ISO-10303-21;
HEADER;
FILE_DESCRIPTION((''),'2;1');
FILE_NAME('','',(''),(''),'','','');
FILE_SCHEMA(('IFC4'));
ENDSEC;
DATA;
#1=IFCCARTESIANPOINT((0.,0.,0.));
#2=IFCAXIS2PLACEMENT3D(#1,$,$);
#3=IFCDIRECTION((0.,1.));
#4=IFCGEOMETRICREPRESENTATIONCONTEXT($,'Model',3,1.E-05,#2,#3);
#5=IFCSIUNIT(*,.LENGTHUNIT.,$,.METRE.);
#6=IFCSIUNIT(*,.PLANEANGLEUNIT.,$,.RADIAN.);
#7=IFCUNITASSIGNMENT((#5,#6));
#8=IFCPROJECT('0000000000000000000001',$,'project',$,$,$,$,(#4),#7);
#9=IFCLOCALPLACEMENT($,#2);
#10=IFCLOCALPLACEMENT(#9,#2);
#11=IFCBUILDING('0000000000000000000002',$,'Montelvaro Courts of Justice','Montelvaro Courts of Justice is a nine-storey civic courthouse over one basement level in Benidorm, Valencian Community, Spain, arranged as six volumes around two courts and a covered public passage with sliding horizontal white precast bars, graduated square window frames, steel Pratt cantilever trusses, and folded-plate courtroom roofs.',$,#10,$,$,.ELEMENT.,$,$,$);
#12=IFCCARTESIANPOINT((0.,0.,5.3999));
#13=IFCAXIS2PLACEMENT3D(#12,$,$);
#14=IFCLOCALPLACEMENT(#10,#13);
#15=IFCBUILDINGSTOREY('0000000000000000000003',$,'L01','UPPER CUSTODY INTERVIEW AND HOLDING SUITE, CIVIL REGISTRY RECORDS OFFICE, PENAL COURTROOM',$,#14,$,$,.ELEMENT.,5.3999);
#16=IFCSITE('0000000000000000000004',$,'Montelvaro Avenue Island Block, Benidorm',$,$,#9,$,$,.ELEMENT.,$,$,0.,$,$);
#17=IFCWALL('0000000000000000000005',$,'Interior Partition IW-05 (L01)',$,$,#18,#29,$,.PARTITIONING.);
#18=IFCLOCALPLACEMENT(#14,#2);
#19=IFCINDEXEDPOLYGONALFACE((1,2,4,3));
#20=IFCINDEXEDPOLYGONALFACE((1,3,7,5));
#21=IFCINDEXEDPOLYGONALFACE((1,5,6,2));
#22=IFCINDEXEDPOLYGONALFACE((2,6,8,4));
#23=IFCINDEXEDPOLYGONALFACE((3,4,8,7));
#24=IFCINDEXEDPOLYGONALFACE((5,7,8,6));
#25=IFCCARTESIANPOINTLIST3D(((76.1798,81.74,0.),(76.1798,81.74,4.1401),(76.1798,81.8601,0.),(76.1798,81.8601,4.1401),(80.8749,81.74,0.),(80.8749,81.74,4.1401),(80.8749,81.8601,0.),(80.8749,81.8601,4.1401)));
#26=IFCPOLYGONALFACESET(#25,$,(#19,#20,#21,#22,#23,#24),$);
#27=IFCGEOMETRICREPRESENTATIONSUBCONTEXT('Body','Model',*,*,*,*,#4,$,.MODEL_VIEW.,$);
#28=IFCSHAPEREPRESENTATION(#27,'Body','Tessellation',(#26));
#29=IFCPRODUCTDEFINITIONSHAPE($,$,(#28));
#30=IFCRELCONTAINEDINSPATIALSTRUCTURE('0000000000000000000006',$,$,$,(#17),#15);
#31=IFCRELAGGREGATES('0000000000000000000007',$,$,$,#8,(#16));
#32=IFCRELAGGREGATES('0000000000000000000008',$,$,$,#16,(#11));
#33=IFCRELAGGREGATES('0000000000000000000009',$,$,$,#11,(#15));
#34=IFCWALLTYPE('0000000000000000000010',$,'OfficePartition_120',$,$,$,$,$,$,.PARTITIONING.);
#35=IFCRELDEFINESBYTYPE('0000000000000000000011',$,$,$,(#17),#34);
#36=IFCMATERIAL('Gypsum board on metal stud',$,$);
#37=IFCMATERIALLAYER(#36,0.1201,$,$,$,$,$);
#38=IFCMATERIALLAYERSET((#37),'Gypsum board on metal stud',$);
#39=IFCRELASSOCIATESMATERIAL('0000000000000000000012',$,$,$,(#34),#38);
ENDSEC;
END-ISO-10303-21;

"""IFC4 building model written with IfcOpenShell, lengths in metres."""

from ifc_helpers import new_model, si_unit, direction, frame, frame_2d, origin, place, context, subcontext, project, spatial, rectangle, extrude, material, layer, layer_set, type_object, element, save


model = new_model("IFC4")

# Units and contexts
model_context = context("Model", 3, precision=1e-05, world=origin(), true_north=direction((0.0, 1.0)))
body_context = subcontext(model_context, "Body", "Model", "MODEL_VIEW")
ifc_project = project(units=[si_unit("LENGTHUNIT", "METRE"), si_unit("PLANEANGLEUNIT", "RADIAN")], contexts=[model_context])

# Site, building, storey
site_placement = place(None, origin())
site = spatial("IfcSite", under=ifc_project, at=site_placement, Name="Montelvaro Avenue Island Block, Benidorm", CompositionType="ELEMENT", RefElevation=0.0)
building_placement = place(site_placement, origin())
building = spatial("IfcBuilding", under=site, at=building_placement, Name="Montelvaro Courts of Justice", Description="Montelvaro Courts of Justice is a nine-storey civic courthouse over one basement level in Benidorm, Valencian Community, Spain, arranged as six volumes around two courts and a covered public passage with sliding horizontal white precast bars, graduated square window frames, steel Pratt cantilever trusses, and folded-plate courtroom roofs.", CompositionType="ELEMENT")
storey_placement = place(building_placement, frame((0.0, 0.0, 5.3999)))
storey = spatial("IfcBuildingStorey", under=building, at=storey_placement, Name="L01", Description="UPPER CUSTODY INTERVIEW AND HOLDING SUITE, CIVIL REGISTRY RECORDS OFFICE, PENAL COURTROOM", CompositionType="ELEMENT", Elevation=5.3999)

# Shared definitions
ifc_material_1 = material(Name="Gypsum board on metal stud")
ifc_layer_1 = layer(ifc_material_1, 0.1201)
ifc_layer_set_1 = layer_set([ifc_layer_1], Name="Gypsum board on metal stud")
wall_type = type_object("IfcWallType", Name="OfficePartition_120", PredefinedType="PARTITIONING", material=ifc_layer_set_1)

# Wall
wall_1_placement = place(storey_placement, frame((80.875, 81.8, 0.0), z_axis=(0.0, 0.0, 1.0), x_axis=(-1.0, 0.0, 0.0)))
element("IfcWall", 1, at=wall_1_placement, inside=storey, type_object=wall_type, Name="Interior Partition IW-05 (L01)", PredefinedType="PARTITIONING", context=body_context, shape_type="SweptSolid", body=[
    extrude(rectangle(XDim=4.6951, YDim=0.1201, at=frame_2d((2.3477, 0.0))), origin(), (0.0, 0.0, 1.0), 4.1401),
])

save(model, "model.ifc")
